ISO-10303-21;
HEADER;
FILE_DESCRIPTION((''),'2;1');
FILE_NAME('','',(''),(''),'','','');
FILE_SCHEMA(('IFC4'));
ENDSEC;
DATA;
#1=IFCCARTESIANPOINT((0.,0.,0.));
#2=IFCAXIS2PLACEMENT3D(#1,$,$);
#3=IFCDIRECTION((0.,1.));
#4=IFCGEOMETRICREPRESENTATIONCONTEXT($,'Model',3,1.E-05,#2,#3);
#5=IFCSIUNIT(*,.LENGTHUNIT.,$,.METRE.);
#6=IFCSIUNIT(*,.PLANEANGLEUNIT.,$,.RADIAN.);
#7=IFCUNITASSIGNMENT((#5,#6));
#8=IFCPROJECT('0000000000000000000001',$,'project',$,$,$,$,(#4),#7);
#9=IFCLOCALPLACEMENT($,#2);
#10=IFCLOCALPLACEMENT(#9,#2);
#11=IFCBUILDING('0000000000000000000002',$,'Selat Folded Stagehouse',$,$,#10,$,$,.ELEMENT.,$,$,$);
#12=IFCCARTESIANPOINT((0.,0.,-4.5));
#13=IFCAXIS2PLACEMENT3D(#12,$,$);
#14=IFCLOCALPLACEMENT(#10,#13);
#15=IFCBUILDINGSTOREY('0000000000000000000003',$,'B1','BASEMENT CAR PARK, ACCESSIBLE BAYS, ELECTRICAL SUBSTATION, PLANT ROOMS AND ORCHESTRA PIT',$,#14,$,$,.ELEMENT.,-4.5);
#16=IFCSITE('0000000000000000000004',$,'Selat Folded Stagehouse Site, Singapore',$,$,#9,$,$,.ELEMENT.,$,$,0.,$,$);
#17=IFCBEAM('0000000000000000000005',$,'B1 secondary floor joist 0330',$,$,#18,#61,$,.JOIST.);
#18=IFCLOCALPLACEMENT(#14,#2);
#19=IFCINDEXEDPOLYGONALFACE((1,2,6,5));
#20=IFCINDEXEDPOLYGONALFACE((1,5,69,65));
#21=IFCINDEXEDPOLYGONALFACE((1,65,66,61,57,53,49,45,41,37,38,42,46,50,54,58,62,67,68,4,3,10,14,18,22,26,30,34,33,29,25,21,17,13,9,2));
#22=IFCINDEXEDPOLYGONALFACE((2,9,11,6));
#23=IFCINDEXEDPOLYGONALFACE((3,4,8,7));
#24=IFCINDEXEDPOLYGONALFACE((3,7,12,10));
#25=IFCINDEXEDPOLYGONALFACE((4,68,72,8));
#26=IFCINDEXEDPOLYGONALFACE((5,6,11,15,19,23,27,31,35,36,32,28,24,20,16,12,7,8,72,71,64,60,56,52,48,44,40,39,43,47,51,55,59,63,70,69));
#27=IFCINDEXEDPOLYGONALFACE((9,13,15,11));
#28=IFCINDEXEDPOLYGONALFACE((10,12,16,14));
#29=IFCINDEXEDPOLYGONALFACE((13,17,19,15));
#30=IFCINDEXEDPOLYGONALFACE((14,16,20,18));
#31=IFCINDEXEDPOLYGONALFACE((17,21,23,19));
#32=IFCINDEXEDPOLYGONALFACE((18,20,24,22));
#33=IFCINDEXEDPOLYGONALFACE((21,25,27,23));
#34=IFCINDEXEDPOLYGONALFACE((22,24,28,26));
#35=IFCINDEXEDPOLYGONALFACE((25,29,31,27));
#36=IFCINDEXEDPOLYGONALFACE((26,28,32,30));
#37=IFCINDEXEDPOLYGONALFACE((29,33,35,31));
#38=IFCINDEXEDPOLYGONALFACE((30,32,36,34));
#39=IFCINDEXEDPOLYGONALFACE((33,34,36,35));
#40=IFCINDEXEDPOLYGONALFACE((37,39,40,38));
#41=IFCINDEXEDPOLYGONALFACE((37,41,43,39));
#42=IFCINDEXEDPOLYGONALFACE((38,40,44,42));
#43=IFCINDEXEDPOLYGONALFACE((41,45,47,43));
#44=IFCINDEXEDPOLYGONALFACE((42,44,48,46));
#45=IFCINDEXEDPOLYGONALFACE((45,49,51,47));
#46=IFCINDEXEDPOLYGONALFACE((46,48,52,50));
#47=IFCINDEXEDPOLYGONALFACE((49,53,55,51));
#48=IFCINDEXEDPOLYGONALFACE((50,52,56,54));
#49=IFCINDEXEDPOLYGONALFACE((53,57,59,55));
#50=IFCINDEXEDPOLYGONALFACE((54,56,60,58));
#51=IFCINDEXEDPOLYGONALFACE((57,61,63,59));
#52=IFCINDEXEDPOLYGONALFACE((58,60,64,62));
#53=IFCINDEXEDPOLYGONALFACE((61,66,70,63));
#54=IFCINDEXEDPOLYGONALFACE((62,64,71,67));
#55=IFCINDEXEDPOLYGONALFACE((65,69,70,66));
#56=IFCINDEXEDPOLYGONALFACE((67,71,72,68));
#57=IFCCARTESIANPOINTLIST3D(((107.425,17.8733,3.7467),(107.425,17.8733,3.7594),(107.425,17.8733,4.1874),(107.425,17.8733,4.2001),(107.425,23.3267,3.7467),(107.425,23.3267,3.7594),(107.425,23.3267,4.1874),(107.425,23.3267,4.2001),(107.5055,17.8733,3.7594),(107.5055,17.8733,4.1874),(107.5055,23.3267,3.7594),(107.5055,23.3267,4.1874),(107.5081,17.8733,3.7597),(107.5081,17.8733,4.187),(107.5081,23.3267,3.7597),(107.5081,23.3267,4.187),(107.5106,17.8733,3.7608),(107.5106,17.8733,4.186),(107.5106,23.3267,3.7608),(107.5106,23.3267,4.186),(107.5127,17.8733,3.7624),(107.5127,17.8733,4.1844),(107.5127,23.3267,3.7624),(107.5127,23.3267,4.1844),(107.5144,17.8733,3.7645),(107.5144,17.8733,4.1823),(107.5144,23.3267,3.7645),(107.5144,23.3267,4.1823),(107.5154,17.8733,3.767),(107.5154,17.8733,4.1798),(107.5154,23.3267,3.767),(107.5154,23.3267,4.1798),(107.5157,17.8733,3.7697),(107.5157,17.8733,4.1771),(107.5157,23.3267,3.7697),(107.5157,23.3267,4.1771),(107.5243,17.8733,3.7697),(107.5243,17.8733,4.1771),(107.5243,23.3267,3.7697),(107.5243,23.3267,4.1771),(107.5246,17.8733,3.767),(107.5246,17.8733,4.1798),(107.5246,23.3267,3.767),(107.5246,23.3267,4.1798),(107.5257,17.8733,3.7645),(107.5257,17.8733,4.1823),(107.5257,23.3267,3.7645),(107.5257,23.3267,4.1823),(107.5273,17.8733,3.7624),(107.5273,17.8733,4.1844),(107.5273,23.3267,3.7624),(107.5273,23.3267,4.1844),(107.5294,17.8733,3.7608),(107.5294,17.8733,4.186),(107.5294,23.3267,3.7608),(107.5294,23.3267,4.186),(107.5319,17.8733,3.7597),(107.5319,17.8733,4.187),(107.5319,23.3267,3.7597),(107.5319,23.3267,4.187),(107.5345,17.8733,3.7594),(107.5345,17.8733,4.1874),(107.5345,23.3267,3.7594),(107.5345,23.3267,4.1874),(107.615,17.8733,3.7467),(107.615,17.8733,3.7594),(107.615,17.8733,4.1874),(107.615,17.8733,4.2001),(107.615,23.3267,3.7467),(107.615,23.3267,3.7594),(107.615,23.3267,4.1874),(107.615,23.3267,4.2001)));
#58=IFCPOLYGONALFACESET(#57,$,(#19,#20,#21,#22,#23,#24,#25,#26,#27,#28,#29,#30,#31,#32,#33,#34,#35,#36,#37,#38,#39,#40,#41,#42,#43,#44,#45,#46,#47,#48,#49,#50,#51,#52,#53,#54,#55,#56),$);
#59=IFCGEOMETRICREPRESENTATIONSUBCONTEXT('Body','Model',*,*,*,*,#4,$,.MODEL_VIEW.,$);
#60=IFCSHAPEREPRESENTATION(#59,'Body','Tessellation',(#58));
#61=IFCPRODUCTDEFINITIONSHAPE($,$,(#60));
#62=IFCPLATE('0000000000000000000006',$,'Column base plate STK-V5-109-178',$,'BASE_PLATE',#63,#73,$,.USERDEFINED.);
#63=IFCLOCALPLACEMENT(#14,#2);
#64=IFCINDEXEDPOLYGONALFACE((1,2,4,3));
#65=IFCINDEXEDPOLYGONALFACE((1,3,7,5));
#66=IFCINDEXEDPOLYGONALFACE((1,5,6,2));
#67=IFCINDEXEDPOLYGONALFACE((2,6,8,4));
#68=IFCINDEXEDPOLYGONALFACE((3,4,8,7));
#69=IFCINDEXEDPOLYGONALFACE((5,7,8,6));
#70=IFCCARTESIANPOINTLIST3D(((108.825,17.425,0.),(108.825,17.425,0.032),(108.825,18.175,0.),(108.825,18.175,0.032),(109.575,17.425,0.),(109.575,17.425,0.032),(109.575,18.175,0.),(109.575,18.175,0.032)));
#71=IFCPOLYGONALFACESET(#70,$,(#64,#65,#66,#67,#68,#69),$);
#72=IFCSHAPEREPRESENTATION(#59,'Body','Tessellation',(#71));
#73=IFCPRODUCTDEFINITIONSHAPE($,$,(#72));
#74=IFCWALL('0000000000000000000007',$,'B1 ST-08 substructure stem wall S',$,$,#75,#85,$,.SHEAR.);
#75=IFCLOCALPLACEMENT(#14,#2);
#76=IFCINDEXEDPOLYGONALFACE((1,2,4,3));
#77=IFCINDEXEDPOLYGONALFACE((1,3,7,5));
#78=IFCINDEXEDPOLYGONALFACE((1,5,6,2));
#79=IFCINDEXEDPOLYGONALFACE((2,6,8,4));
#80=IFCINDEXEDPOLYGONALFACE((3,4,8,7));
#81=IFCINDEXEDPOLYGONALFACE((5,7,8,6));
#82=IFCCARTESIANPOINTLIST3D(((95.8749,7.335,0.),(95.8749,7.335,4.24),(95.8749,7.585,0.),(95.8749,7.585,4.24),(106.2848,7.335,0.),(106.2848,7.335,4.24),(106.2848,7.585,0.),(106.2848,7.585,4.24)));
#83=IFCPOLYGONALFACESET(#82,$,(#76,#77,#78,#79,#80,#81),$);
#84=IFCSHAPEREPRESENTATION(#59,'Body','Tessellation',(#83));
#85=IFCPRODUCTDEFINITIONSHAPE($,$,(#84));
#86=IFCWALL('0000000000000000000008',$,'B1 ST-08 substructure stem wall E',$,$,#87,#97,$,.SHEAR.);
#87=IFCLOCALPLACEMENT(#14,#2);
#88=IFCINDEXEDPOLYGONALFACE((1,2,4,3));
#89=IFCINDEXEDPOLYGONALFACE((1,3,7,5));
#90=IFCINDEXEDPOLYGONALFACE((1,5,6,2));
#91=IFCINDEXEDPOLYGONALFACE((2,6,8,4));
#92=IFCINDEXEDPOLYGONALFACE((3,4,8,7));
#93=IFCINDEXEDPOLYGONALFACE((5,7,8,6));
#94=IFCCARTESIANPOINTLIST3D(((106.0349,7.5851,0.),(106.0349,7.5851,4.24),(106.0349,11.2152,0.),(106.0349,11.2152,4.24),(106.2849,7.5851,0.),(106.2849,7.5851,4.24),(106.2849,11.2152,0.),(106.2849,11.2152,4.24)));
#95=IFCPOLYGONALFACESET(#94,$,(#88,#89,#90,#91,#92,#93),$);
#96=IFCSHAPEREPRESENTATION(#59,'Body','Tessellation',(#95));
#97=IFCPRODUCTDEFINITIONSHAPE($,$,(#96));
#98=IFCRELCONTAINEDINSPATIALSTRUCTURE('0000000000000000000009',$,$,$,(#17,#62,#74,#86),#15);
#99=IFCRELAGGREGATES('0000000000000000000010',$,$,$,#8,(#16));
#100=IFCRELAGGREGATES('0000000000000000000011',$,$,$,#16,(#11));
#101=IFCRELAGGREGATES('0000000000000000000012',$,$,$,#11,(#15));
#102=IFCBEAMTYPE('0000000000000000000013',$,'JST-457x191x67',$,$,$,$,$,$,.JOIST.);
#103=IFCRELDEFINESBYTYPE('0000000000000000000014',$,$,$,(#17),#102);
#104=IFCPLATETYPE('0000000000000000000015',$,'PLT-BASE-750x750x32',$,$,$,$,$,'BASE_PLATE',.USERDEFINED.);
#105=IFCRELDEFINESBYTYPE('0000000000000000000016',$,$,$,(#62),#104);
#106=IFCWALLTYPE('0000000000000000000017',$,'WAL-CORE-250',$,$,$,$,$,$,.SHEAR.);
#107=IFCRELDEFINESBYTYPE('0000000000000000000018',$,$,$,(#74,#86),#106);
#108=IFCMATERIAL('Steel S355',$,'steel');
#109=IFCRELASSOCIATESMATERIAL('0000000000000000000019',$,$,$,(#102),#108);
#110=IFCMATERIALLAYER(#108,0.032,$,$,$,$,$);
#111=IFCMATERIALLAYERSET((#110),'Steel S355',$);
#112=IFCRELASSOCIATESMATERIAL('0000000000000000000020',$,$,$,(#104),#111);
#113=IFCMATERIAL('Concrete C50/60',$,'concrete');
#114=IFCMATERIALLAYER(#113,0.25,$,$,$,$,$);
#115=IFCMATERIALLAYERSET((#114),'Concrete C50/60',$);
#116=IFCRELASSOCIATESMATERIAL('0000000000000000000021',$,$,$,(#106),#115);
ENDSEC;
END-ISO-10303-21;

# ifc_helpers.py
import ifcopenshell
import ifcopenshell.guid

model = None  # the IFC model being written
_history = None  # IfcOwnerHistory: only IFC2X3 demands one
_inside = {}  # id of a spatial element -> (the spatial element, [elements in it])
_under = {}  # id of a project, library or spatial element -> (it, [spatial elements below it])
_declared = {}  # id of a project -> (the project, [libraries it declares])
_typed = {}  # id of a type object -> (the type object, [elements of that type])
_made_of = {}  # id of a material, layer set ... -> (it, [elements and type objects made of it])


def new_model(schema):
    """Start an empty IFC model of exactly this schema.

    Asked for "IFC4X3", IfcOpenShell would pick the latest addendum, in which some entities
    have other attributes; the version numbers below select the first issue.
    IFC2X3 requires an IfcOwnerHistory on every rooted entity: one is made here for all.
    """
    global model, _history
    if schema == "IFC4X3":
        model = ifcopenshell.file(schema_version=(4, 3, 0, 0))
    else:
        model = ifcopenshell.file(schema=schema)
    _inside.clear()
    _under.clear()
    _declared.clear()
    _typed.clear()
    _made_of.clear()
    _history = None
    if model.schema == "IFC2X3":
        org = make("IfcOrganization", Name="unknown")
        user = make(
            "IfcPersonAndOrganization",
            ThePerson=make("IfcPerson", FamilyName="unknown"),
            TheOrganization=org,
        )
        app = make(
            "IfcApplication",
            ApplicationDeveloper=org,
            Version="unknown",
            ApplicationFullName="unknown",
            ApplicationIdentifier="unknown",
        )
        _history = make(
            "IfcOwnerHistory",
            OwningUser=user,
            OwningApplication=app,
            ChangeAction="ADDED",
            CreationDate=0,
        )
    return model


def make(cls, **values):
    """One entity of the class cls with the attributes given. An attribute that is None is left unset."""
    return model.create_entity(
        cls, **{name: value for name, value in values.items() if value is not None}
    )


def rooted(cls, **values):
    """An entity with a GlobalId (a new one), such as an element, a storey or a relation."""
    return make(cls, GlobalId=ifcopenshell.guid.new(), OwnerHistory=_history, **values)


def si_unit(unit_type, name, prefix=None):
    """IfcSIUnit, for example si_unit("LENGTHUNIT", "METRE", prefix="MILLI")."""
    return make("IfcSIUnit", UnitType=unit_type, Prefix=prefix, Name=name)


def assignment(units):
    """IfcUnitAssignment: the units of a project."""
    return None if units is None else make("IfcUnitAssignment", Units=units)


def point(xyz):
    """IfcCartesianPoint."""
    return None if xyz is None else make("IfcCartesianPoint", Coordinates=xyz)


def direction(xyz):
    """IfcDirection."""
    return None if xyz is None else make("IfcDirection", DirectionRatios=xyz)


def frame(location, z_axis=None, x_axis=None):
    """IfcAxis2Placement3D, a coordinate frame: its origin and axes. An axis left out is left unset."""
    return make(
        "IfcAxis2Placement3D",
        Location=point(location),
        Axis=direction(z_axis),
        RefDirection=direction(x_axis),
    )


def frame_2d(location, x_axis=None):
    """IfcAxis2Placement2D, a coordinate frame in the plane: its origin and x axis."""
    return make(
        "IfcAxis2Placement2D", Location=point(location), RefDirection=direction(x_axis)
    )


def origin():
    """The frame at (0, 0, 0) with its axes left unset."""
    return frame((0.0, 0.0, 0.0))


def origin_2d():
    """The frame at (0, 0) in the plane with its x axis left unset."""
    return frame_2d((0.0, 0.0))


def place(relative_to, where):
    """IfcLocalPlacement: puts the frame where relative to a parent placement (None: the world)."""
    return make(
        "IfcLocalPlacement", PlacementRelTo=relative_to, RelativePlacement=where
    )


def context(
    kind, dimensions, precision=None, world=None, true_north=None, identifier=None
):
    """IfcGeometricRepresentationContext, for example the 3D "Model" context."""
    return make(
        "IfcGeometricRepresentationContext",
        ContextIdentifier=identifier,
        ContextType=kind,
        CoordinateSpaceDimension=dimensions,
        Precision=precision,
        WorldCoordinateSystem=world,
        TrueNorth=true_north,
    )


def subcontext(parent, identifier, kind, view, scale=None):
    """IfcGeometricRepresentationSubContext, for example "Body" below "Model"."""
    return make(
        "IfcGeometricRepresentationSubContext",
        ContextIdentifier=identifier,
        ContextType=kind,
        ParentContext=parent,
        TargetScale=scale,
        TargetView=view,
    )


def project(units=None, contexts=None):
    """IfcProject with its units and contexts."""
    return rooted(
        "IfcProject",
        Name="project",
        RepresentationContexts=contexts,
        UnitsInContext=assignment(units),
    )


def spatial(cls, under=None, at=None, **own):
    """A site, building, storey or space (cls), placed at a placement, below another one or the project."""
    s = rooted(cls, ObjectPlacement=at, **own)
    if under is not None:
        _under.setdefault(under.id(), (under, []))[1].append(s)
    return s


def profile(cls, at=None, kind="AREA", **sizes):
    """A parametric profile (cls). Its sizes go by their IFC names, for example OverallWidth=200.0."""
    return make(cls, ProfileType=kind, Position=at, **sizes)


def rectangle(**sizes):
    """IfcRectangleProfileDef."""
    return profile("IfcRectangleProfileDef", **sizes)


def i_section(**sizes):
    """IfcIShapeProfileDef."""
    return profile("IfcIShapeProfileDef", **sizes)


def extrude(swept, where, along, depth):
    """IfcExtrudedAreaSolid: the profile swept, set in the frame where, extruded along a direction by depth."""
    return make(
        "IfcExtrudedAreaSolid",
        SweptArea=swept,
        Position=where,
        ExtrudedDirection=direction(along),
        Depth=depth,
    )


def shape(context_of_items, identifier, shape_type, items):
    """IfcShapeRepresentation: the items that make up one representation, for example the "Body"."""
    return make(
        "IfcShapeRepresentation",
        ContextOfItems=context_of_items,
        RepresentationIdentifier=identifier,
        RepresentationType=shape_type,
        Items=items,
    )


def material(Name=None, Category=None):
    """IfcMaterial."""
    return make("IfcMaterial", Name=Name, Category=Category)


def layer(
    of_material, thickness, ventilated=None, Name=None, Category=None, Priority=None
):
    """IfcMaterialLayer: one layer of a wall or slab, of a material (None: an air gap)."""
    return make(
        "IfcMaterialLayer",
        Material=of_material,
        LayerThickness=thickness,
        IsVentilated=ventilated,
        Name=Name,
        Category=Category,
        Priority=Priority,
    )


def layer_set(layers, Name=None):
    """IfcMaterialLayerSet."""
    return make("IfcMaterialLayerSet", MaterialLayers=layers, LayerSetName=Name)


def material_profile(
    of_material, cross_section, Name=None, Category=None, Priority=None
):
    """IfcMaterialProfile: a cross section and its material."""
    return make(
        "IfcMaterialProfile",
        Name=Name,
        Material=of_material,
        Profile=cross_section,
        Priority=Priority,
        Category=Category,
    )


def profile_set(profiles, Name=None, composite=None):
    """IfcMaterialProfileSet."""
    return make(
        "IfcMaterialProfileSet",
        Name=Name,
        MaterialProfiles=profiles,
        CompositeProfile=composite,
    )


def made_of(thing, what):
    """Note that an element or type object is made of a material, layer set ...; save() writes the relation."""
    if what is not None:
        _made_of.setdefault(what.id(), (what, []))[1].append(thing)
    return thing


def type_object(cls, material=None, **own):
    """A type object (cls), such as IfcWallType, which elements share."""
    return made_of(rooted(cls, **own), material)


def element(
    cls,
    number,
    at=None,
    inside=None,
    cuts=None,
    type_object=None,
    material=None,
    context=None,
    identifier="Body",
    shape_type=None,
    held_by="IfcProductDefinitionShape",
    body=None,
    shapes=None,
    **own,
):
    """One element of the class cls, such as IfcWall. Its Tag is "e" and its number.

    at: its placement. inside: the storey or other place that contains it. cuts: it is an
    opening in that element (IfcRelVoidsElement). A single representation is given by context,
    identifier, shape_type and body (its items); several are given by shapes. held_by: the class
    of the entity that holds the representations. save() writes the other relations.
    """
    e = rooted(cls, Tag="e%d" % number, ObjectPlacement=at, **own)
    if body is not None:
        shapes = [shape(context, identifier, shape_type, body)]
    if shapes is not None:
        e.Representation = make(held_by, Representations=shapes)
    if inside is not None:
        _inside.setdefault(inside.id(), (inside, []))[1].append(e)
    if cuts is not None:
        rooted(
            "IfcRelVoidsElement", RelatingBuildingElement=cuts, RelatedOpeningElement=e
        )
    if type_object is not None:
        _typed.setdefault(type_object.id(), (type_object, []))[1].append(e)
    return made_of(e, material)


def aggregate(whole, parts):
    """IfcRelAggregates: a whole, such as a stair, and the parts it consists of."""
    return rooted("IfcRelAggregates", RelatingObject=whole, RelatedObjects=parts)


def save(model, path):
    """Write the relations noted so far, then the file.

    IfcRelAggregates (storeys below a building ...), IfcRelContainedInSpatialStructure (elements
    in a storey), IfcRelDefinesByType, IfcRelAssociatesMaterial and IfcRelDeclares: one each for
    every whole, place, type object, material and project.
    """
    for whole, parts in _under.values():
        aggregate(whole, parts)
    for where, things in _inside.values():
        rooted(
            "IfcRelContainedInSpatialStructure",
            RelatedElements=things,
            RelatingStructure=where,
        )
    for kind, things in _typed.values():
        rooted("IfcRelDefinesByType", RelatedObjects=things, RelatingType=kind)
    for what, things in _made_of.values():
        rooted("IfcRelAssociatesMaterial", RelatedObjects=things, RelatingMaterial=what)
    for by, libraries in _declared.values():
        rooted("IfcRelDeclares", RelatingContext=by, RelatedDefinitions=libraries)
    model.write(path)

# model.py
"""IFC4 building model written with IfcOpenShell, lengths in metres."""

from ifc_helpers import new_model, si_unit, direction, frame, frame_2d, origin, origin_2d, place, context, subcontext, project, spatial, rectangle, i_section, extrude, material, layer, layer_set, material_profile, profile_set, type_object, element, save


model = new_model("IFC4")

# Units and contexts
model_context = context("Model", 3, precision=1e-05, world=origin(), true_north=direction((0.0, 1.0)))
body_context = subcontext(model_context, "Body", "Model", "MODEL_VIEW")
ifc_project = project(units=[si_unit("LENGTHUNIT", "METRE"), si_unit("PLANEANGLEUNIT", "RADIAN")], contexts=[model_context])

# Site, building, storey
site_placement = place(None, origin())
site = spatial("IfcSite", under=ifc_project, at=site_placement, Name="Selat Folded Stagehouse Site, Singapore", CompositionType="ELEMENT", RefElevation=0.0)
building_placement = place(site_placement, origin())
building = spatial("IfcBuilding", under=site, at=building_placement, Name="Selat Folded Stagehouse", CompositionType="ELEMENT")
storey_placement = place(building_placement, frame((0.0, 0.0, -4.5)))
storey = spatial("IfcBuildingStorey", under=building, at=storey_placement, Name="B1", Description="BASEMENT CAR PARK, ACCESSIBLE BAYS, ELECTRICAL SUBSTATION, PLANT ROOMS AND ORCHESTRA PIT", CompositionType="ELEMENT", Elevation=-4.5)

# Shared definitions
ifc_material_1 = material(Name="Concrete C50/60", Category="concrete")
ifc_material_2 = material(Name="Steel S355", Category="steel")

# Beam
ifc_material_profile_1 = material_profile(ifc_material_2, i_section(OverallWidth=0.1899, OverallDepth=0.4534, WebThickness=0.0085, FlangeThickness=0.0127, FilletRadius=0.0103, at=origin_2d()), Name="UKB 457x191x67")
ifc_profile_set_1 = profile_set([ifc_material_profile_1], Name="Steel S355")
beam_type_1 = type_object("IfcBeamType", Name="JST-457x191x67", PredefinedType="JOIST", material=ifc_profile_set_1)
for number, where, z_axis, x_axis, name in (
    (1, (107.52, 17.8733, 3.9734), (0.0, 1.0, 0.0), (-1.0, 0.0, 0.0), "B1 secondary floor joist 0330"),
):
    element("IfcBeam", number, at=place(storey_placement, frame(where, z_axis=z_axis, x_axis=x_axis)), inside=storey, type_object=beam_type_1, Name=name, PredefinedType="JOIST", context=body_context, shape_type="SweptSolid", body=[
        extrude(i_section(OverallWidth=0.1899, OverallDepth=0.4534, WebThickness=0.0085, FlangeThickness=0.0127, FilletRadius=0.0103, at=origin_2d()), origin(), (0.0, 0.0, 1.0), 5.4534),
    ])

# Plate
ifc_layer_1 = layer(ifc_material_2, 0.032)
ifc_layer_set_1 = layer_set([ifc_layer_1], Name="Steel S355")
plate_type = type_object("IfcPlateType", Name="PLT-BASE-750x750x32", ElementType="BASE_PLATE", PredefinedType="USERDEFINED", material=ifc_layer_set_1)
plate_placement = place(storey_placement, frame((109.2, 17.8, 0.0), z_axis=(0.0, 0.0, 1.0), x_axis=(1.0, 0.0, 0.0)))
element("IfcPlate", 2, at=plate_placement, inside=storey, type_object=plate_type, Name="Column base plate STK-V5-109-178", ObjectType="BASE_PLATE", PredefinedType="USERDEFINED", context=body_context, shape_type="SweptSolid", body=[
    extrude(rectangle(XDim=0.75, YDim=0.75, at=origin_2d()), origin(), (0.0, 0.0, 1.0), 0.032),
])

# Walls
ifc_layer_2 = layer(ifc_material_1, 0.25)
ifc_layer_set_2 = layer_set([ifc_layer_2], Name="Concrete C50/60")
wall_type = type_object("IfcWallType", Name="WAL-CORE-250", PredefinedType="SHEAR", material=ifc_layer_set_2)
wall_1_placement = place(storey_placement, frame((106.2849, 7.46, 0.0), z_axis=(0.0, 0.0, 1.0), x_axis=(-1.0, 0.0, 0.0)))
element("IfcWall", 3, at=wall_1_placement, inside=storey, type_object=wall_type, Name="B1 ST-08 substructure stem wall S", PredefinedType="SHEAR", context=body_context, shape_type="SweptSolid", body=[
    extrude(rectangle(XDim=10.4099, YDim=0.25, at=frame_2d((5.2051, 0.0))), origin(), (0.0, 0.0, 1.0), 4.24),
])
wall_2_placement = place(storey_placement, frame((106.1599, 11.2151, 0.0), z_axis=(0.0, 0.0, 1.0), x_axis=(0.0, -1.0, 0.0)))
element("IfcWall", 4, at=wall_2_placement, inside=storey, type_object=wall_type, Name="B1 ST-08 substructure stem wall E", PredefinedType="SHEAR", context=body_context, shape_type="SweptSolid", body=[
    extrude(rectangle(XDim=3.6301, YDim=0.25, at=frame_2d((1.8149, 0.0))), origin(), (0.0, 0.0, 1.0), 4.24),
])

save(model, "model.ifc")
